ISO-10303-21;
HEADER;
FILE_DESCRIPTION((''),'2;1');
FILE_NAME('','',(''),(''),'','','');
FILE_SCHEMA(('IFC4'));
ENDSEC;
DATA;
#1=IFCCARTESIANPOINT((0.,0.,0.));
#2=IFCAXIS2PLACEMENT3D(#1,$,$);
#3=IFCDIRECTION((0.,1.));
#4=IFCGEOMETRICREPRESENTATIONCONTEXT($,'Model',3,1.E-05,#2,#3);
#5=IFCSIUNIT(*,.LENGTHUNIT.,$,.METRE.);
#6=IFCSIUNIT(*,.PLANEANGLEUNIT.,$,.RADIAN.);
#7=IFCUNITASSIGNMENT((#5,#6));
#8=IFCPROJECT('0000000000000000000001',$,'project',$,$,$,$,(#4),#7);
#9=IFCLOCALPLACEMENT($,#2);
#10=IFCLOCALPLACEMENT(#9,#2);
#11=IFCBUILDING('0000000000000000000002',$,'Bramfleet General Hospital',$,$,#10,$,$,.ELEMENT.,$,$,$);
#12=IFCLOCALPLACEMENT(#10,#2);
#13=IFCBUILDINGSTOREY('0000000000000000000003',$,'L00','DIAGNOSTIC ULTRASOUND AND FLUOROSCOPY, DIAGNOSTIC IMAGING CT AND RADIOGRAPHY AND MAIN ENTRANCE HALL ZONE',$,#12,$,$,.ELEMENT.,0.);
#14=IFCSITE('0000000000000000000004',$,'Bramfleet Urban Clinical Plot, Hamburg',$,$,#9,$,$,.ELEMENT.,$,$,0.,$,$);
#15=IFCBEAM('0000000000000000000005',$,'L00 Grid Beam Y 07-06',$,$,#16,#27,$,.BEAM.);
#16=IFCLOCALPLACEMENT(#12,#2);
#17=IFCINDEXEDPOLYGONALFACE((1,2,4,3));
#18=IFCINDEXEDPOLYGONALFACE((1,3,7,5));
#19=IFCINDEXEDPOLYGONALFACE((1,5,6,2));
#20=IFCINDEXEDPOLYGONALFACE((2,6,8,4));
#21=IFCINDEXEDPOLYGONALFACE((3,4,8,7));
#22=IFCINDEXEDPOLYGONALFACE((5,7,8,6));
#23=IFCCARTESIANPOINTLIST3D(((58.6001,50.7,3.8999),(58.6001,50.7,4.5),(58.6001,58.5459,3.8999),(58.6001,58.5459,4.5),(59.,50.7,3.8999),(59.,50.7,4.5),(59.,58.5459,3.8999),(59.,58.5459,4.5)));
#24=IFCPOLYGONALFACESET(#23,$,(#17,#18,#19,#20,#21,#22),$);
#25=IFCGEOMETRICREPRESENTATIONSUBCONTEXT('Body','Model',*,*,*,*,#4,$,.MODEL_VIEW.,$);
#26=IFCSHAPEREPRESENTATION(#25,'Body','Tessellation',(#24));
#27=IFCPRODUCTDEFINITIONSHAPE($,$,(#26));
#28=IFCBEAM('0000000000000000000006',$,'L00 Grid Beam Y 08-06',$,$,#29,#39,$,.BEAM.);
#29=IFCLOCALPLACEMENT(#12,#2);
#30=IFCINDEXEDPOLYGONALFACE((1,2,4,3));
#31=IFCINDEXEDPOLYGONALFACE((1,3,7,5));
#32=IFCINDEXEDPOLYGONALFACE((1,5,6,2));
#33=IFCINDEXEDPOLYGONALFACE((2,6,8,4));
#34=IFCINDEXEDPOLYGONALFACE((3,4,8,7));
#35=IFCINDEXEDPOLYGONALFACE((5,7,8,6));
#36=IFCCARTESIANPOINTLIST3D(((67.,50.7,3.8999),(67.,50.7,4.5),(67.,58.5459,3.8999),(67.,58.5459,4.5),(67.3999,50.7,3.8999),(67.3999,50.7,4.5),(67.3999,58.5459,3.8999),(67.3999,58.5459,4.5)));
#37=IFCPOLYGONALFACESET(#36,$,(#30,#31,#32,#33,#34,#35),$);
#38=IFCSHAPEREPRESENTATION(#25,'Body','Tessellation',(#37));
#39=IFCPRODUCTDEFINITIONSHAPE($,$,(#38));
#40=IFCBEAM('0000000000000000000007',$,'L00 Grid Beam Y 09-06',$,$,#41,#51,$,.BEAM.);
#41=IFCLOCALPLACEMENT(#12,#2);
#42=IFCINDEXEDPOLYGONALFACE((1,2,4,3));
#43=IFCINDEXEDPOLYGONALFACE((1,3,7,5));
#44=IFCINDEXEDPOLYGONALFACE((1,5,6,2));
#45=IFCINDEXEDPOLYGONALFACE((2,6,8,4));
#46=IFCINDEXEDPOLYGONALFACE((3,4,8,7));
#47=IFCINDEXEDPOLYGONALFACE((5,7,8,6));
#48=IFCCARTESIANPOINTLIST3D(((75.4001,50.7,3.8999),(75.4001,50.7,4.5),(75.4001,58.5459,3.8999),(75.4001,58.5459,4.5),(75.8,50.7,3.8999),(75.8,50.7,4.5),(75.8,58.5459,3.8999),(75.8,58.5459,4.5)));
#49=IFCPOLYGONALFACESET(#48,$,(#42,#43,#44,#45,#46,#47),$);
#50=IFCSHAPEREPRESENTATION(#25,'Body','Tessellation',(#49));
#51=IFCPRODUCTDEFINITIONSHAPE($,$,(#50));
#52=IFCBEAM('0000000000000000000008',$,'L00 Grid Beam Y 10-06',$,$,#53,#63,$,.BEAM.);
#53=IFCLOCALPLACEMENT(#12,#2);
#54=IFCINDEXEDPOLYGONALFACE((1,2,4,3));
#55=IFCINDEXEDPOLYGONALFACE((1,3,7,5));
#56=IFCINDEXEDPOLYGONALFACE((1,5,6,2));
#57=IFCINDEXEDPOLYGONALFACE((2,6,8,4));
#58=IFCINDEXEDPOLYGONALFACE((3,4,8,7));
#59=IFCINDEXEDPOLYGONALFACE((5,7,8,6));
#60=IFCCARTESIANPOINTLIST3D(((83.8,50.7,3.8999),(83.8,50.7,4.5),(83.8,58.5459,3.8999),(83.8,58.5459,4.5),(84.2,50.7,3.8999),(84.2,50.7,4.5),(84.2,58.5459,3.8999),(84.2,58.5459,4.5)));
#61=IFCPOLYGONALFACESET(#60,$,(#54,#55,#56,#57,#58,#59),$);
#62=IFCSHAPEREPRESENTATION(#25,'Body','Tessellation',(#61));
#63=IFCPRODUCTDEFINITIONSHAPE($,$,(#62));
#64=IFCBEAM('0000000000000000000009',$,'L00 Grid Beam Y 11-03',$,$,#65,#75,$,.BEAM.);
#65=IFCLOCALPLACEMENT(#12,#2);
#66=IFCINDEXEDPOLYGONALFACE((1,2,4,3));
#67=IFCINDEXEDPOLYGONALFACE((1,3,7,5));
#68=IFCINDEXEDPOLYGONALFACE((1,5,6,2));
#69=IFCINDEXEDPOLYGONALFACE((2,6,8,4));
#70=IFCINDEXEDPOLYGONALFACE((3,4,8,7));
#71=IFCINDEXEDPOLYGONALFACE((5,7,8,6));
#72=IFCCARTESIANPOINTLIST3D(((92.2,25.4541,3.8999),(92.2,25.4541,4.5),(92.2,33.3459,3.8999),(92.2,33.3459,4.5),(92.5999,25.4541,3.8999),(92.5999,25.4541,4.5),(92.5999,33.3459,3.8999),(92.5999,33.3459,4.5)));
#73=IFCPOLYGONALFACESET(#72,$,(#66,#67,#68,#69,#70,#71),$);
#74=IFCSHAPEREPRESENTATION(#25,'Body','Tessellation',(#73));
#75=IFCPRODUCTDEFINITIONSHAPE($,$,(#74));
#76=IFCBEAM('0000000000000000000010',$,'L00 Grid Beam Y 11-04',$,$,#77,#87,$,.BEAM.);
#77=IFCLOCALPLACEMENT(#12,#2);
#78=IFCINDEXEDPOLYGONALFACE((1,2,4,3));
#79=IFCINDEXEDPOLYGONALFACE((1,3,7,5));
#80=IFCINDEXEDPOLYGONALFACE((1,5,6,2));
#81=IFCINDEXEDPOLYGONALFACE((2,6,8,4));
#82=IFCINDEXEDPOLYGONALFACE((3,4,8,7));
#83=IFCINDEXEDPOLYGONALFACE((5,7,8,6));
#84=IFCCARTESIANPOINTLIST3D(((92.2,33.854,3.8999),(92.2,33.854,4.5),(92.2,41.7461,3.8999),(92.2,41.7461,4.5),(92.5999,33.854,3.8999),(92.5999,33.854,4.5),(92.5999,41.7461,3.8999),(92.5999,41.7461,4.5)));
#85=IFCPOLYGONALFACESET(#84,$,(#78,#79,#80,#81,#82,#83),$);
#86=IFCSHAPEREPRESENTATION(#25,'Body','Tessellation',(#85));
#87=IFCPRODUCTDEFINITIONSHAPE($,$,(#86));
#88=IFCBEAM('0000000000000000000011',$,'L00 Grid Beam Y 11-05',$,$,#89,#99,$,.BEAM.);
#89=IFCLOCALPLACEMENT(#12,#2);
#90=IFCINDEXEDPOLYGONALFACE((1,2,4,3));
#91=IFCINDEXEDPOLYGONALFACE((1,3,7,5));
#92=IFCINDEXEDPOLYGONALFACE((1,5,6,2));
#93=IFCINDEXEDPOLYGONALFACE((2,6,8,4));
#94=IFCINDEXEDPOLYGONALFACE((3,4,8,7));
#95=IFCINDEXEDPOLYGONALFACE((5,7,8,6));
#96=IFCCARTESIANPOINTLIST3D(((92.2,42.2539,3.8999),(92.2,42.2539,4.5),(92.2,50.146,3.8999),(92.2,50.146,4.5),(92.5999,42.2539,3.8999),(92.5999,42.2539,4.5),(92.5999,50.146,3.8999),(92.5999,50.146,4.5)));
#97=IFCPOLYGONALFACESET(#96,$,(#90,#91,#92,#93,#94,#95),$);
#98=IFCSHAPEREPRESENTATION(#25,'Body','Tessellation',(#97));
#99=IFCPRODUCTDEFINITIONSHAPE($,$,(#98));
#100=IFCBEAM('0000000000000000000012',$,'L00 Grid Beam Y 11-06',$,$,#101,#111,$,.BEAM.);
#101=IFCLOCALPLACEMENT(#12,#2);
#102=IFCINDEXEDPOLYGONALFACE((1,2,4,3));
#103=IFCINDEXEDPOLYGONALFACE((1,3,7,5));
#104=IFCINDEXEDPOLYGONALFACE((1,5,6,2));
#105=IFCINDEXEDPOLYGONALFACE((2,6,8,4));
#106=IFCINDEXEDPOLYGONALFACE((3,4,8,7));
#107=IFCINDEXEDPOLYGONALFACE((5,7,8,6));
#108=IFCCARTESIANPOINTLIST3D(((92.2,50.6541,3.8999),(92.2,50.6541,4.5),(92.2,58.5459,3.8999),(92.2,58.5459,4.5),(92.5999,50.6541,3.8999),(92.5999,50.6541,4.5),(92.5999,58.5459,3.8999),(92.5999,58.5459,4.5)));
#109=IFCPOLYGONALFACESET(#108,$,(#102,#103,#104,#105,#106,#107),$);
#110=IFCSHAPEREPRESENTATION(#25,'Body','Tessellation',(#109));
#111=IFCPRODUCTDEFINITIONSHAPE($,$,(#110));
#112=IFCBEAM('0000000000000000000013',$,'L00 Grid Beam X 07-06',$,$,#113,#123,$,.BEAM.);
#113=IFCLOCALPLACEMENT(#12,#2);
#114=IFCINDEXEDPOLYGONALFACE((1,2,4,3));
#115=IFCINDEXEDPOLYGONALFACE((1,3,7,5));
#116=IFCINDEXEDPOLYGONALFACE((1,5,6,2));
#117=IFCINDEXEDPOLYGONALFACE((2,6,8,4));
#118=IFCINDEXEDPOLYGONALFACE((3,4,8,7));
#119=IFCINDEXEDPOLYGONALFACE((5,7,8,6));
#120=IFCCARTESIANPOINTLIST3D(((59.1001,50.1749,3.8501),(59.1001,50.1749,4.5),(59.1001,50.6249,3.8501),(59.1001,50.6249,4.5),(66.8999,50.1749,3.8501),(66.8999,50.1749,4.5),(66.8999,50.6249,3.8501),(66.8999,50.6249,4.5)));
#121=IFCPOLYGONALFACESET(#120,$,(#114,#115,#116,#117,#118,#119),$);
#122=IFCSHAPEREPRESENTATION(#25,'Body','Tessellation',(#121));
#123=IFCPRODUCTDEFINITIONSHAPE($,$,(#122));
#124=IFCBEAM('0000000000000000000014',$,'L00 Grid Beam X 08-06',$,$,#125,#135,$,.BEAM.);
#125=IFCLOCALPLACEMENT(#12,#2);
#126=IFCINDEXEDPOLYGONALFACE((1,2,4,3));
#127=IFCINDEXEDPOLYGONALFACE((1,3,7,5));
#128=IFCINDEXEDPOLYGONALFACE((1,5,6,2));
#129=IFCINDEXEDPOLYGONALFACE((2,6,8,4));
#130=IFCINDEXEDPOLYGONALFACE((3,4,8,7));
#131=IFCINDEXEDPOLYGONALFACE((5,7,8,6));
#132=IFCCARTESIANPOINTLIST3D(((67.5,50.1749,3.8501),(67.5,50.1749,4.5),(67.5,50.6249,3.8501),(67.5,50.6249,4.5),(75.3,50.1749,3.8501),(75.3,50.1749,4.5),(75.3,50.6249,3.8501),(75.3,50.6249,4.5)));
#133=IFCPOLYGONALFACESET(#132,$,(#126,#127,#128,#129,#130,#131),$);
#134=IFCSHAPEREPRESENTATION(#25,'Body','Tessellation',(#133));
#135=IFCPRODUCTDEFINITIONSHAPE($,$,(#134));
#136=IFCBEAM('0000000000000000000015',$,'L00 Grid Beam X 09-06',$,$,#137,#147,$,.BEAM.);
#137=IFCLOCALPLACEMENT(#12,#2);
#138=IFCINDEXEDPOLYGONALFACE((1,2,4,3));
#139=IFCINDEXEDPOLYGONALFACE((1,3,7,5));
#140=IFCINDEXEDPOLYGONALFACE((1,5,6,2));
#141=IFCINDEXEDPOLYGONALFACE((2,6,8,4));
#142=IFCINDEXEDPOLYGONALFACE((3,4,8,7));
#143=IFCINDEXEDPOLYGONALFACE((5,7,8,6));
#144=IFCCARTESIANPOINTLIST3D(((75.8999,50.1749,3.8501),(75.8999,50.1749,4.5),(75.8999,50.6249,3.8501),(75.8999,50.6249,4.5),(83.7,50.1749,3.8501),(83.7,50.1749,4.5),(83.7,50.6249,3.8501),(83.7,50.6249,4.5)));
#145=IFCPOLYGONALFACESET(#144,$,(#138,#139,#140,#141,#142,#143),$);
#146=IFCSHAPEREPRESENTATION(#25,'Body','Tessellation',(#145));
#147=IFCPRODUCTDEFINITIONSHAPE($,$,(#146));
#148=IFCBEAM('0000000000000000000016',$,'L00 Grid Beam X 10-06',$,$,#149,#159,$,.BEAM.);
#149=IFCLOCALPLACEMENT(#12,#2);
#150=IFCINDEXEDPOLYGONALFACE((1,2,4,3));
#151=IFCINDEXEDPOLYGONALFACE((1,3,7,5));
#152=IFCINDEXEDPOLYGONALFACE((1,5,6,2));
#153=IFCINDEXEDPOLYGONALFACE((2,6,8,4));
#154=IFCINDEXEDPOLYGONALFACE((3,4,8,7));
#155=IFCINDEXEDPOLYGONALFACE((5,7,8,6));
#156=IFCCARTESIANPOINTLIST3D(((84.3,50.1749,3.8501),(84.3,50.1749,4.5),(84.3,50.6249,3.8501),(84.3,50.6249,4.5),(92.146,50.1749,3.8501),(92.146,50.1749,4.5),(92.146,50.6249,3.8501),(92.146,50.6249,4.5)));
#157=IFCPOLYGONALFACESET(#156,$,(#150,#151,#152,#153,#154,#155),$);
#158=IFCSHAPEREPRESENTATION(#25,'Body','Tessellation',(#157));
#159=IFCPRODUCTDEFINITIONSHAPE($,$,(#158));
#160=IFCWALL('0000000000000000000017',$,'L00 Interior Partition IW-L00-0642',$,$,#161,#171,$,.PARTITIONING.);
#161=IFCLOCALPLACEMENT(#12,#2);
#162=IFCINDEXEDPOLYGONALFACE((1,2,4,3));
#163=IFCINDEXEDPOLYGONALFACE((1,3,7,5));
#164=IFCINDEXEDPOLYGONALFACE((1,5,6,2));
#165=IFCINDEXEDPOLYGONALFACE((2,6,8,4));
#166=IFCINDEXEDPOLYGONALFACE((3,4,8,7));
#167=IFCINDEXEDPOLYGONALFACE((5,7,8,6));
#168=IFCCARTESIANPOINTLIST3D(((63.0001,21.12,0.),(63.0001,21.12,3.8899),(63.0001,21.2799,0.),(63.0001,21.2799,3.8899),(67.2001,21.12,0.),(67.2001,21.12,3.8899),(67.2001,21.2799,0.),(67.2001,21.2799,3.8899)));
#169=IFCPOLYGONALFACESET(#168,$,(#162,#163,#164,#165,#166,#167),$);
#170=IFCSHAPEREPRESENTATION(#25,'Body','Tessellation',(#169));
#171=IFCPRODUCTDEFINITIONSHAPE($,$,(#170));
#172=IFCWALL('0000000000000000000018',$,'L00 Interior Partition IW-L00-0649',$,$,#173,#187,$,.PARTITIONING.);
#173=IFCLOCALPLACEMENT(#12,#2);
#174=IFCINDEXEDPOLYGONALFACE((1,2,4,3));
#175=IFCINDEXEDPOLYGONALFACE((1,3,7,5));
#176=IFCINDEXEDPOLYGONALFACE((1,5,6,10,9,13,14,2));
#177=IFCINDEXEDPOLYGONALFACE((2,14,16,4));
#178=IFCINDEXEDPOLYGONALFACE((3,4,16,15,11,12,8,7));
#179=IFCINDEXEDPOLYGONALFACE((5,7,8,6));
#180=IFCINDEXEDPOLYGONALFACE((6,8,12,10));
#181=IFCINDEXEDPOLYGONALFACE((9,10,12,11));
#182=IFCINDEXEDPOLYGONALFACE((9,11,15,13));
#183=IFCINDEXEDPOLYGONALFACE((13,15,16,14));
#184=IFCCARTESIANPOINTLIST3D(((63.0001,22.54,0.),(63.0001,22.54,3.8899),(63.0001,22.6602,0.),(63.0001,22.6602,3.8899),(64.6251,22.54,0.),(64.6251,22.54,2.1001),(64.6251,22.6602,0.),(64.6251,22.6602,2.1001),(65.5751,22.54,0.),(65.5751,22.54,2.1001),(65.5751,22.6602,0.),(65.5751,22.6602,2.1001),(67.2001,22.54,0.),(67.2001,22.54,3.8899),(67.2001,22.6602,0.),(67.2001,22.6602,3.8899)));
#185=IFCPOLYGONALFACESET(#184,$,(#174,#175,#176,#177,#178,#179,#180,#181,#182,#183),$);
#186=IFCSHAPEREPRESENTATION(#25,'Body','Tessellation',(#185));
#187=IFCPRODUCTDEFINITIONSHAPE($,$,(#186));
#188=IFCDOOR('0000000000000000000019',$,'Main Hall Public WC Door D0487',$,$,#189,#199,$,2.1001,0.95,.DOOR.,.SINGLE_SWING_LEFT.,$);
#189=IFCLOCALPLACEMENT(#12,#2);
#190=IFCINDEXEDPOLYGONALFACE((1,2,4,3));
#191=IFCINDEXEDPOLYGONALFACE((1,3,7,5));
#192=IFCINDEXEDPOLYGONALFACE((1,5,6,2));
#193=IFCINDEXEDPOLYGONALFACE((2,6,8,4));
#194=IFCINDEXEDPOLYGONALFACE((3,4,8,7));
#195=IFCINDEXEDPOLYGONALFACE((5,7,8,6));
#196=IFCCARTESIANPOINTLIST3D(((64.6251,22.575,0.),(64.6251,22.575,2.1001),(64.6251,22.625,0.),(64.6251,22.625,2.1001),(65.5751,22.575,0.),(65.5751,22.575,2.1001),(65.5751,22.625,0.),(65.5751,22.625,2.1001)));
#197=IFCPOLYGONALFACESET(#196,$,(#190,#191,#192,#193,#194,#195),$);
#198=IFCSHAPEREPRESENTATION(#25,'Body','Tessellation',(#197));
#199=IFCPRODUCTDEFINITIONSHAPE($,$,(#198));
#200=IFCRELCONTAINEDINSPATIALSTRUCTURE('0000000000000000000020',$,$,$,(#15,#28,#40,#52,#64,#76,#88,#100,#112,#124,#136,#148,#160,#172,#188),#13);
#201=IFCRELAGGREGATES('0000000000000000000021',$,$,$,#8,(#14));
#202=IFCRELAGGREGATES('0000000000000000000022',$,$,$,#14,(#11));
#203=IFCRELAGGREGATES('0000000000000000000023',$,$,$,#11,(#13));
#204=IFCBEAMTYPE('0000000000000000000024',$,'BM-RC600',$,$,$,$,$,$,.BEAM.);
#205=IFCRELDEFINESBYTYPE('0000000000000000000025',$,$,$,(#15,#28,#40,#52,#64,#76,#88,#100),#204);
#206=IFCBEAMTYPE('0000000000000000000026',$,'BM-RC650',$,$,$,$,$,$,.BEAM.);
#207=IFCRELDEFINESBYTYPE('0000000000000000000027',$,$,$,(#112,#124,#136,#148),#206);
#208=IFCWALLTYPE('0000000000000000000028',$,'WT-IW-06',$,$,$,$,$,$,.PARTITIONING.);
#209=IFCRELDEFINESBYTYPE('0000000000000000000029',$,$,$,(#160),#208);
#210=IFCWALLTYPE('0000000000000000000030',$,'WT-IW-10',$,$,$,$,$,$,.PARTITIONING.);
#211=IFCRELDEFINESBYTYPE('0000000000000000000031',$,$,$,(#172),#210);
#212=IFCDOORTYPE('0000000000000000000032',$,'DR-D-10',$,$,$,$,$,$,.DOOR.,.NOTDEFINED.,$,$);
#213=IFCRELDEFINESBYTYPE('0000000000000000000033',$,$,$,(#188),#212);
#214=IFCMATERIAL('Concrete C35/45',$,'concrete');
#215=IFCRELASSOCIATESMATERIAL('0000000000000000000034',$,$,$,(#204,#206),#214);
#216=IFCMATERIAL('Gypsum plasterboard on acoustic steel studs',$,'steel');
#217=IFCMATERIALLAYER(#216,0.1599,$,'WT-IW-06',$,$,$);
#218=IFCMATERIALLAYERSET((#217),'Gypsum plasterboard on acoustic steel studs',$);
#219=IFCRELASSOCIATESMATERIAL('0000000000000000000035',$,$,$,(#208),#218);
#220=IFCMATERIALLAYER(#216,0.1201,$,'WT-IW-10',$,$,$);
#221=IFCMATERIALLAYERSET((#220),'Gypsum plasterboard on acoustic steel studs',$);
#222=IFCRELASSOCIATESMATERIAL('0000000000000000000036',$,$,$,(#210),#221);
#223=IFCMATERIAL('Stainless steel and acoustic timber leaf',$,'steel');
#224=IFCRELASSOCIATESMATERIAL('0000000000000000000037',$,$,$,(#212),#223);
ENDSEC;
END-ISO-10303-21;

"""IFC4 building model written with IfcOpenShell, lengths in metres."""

from ifc_helpers import new_model, si_unit, direction, frame, frame_2d, origin, origin_2d, place, context, subcontext, project, spatial, rectangle, extrude, material, layer, layer_set, material_profile, profile_set, type_object, element, fill, save


model = new_model("IFC4")

# Units and contexts
model_context = context("Model", 3, precision=1e-05, world=origin(), true_north=direction((0.0, 1.0)))
body_context = subcontext(model_context, "Body", "Model", "MODEL_VIEW")
ifc_project = project(units=[si_unit("LENGTHUNIT", "METRE"), si_unit("PLANEANGLEUNIT", "RADIAN")], contexts=[model_context])

# Site, building, storey
site_placement = place(None, origin())
site = spatial("IfcSite", under=ifc_project, at=site_placement, Name="Bramfleet Urban Clinical Plot, Hamburg", CompositionType="ELEMENT", RefElevation=0.0)
building_placement = place(site_placement, origin())
building = spatial("IfcBuilding", under=site, at=building_placement, Name="Bramfleet General Hospital", CompositionType="ELEMENT")
storey_placement = place(building_placement, origin())
storey = spatial("IfcBuildingStorey", under=building, at=storey_placement, Name="L00", Description="DIAGNOSTIC ULTRASOUND AND FLUOROSCOPY, DIAGNOSTIC IMAGING CT AND RADIOGRAPHY AND MAIN ENTRANCE HALL ZONE", CompositionType="ELEMENT", Elevation=0.0)

# Beams
ifc_material_1 = material(Name="Concrete C35/45", Category="concrete")
ifc_material_profile_1 = material_profile(ifc_material_1, rectangle(XDim=0.3999, YDim=0.6001, at=origin_2d()), Name="RC BM 600x400")
ifc_profile_set_1 = profile_set([ifc_material_profile_1], Name="Concrete C35/45")
beam_type_1 = type_object("IfcBeamType", Name="BM-RC600", PredefinedType="BEAM", material=ifc_profile_set_1)
for number, where, z_axis, x_axis, name in (
    (1, (58.8, 50.7, 4.2), (0.0, 1.0, 0.0), (-1.0, 0.0, 0.0), "L00 Grid Beam Y 07-06"),
    (2, (67.2, 50.7, 4.2), (0.0, 1.0, 0.0), (-1.0, 0.0, 0.0), "L00 Grid Beam Y 08-06"),
    (3, (75.6001, 50.7, 4.2), (0.0, 1.0, 0.0), (-1.0, 0.0, 0.0), "L00 Grid Beam Y 09-06"),
    (4, (84.0, 50.7, 4.2), (0.0, 1.0, 0.0), (-1.0, 0.0, 0.0), "L00 Grid Beam Y 10-06"),
):
    element("IfcBeam", number, at=place(storey_placement, frame(where, z_axis=z_axis, x_axis=x_axis)), inside=storey, type_object=beam_type_1, Name=name, PredefinedType="BEAM", context=body_context, shape_type="SweptSolid", body=[
        extrude(rectangle(XDim=0.3999, YDim=0.6001, at=origin_2d()), origin(), (0.0, 0.0, 1.0), 7.8459),
    ])
beam_1_placement = place(storey_placement, frame((92.3999, 25.4541, 4.2), z_axis=(0.0, 1.0, 0.0), x_axis=(-1.0, 0.0, 0.0)))
element("IfcBeam", 5, at=beam_1_placement, inside=storey, type_object=beam_type_1, Name="L00 Grid Beam Y 11-03", PredefinedType="BEAM", context=body_context, shape_type="SweptSolid", body=[
    extrude(rectangle(XDim=0.3999, YDim=0.6001, at=origin_2d()), origin(), (0.0, 0.0, 1.0), 7.8918),
])
for number, where, z_axis, x_axis, name in (
    (6, (92.3999, 33.854, 4.2), (0.0, 1.0, 0.0), (-1.0, 0.0, 0.0), "L00 Grid Beam Y 11-04"),
    (7, (92.3999, 42.2539, 4.2), (0.0, 1.0, 0.0), (-1.0, 0.0, 0.0), "L00 Grid Beam Y 11-05"),
):
    element("IfcBeam", number, at=place(storey_placement, frame(where, z_axis=z_axis, x_axis=x_axis)), inside=storey, type_object=beam_type_1, Name=name, PredefinedType="BEAM", context=body_context, shape_type="SweptSolid", body=[
        extrude(rectangle(XDim=0.3999, YDim=0.6001, at=origin_2d()), origin(), (0.0, 0.0, 1.0), 7.8921),
    ])
beam_2_placement = place(storey_placement, frame((92.3999, 50.6541, 4.2), z_axis=(0.0, 1.0, 0.0), x_axis=(-1.0, 0.0, 0.0)))
element("IfcBeam", 8, at=beam_2_placement, inside=storey, type_object=beam_type_1, Name="L00 Grid Beam Y 11-06", PredefinedType="BEAM", context=body_context, shape_type="SweptSolid", body=[
    extrude(rectangle(XDim=0.3999, YDim=0.6001, at=origin_2d()), origin(), (0.0, 0.0, 1.0), 7.8918),
])
ifc_material_profile_2 = material_profile(ifc_material_1, rectangle(XDim=0.45, YDim=0.6499, at=origin_2d()), Name="RC BM 650x450")
ifc_profile_set_2 = profile_set([ifc_material_profile_2], Name="Concrete C35/45")
beam_type_2 = type_object("IfcBeamType", Name="BM-RC650", PredefinedType="BEAM", material=ifc_profile_set_2)
beam_3_placement = place(storey_placement, frame((59.1001, 50.3999, 4.175), z_axis=(1.0, 0.0, 0.0), x_axis=(0.0, 1.0, 0.0)))
element("IfcBeam", 9, at=beam_3_placement, inside=storey, type_object=beam_type_2, Name="L00 Grid Beam X 07-06", PredefinedType="BEAM", context=body_context, shape_type="SweptSolid", body=[
    extrude(rectangle(XDim=0.45, YDim=0.6499, at=origin_2d()), origin(), (0.0, 0.0, 1.0), 7.7998),
])
for number, where, z_axis, x_axis, name in (
    (10, (67.5, 50.3999, 4.175), (1.0, 0.0, 0.0), (0.0, 1.0, 0.0), "L00 Grid Beam X 08-06"),
    (11, (75.8999, 50.3999, 4.175), (1.0, 0.0, 0.0), (0.0, 1.0, 0.0), "L00 Grid Beam X 09-06"),
):
    element("IfcBeam", number, at=place(storey_placement, frame(where, z_axis=z_axis, x_axis=x_axis)), inside=storey, type_object=beam_type_2, Name=name, PredefinedType="BEAM", context=body_context, shape_type="SweptSolid", body=[
        extrude(rectangle(XDim=0.45, YDim=0.6499, at=origin_2d()), origin(), (0.0, 0.0, 1.0), 7.8),
    ])
beam_4_placement = place(storey_placement, frame((84.3, 50.3999, 4.175), z_axis=(1.0, 0.0, 0.0), x_axis=(0.0, 1.0, 0.0)))
element("IfcBeam", 12, at=beam_4_placement, inside=storey, type_object=beam_type_2, Name="L00 Grid Beam X 10-06", PredefinedType="BEAM", context=body_context, shape_type="SweptSolid", body=[
    extrude(rectangle(XDim=0.45, YDim=0.6499, at=origin_2d()), origin(), (0.0, 0.0, 1.0), 7.8459),
])

# Wall
ifc_material_2 = material(Name="Gypsum plasterboard on acoustic steel studs", Category="steel")
ifc_layer_1 = layer(ifc_material_2, 0.1599, Name="WT-IW-06")
ifc_layer_set_1 = layer_set([ifc_layer_1], Name="Gypsum plasterboard on acoustic steel studs")
wall_type_1 = type_object("IfcWallType", Name="WT-IW-06", PredefinedType="PARTITIONING", material=ifc_layer_set_1)
wall_1_placement = place(storey_placement, frame((63.0, 21.2, 0.0), z_axis=(0.0, 0.0, 1.0), x_axis=(1.0, 0.0, 0.0)))
element("IfcWall", 13, at=wall_1_placement, inside=storey, type_object=wall_type_1, Name="L00 Interior Partition IW-L00-0642", PredefinedType="PARTITIONING", context=body_context, shape_type="SweptSolid", body=[
    extrude(rectangle(XDim=4.2, YDim=0.1599, at=frame_2d((2.1001, 0.0))), origin(), (0.0, 0.0, 1.0), 3.8899),
])

# Wall, opening, door
ifc_layer_2 = layer(ifc_material_2, 0.1201, Name="WT-IW-10")
ifc_layer_set_2 = layer_set([ifc_layer_2], Name="Gypsum plasterboard on acoustic steel studs")
wall_type_2 = type_object("IfcWallType", Name="WT-IW-10", PredefinedType="PARTITIONING", material=ifc_layer_set_2)
wall_2_placement = place(storey_placement, frame((63.0, 22.6001, 0.0), z_axis=(0.0, 0.0, 1.0), x_axis=(1.0, 0.0, 0.0)))
wall_2 = element("IfcWall", 14, at=wall_2_placement, inside=storey, type_object=wall_type_2, Name="L00 Interior Partition IW-L00-0649", PredefinedType="PARTITIONING", context=body_context, shape_type="SweptSolid", body=[
    extrude(rectangle(XDim=4.2, YDim=0.1201, at=frame_2d((2.1001, 0.0))), origin(), (0.0, 0.0, 1.0), 3.8899),
])
opening_placement = place(wall_2_placement, frame((1.625, 0.0, 0.0)))
opening = element("IfcOpeningElement", 15, at=opening_placement, cuts=wall_2, PredefinedType="OPENING", context=body_context, shape_type="SweptSolid", body=[
    extrude(rectangle(XDim=0.95, YDim=2.1001, at=frame_2d((0.4751, 1.05))), frame((0.0, 0.0701, 0.0), z_axis=(0.0, -1.0, 0.0), x_axis=(1.0, 0.0, 0.0)), (0.0, 0.0, 1.0), 0.1401),
])
ifc_material_3 = material(Name="Stainless steel and acoustic timber leaf", Category="steel")
door_type = type_object("IfcDoorType", Name="DR-D-10", OperationType="NOTDEFINED", PredefinedType="DOOR", material=ifc_material_3)
door_placement = place(opening_placement, origin())
door = element("IfcDoor", 16, at=door_placement, inside=storey, type_object=door_type, Name="Main Hall Public WC Door D0487", OperationType="SINGLE_SWING_LEFT", OverallHeight=2.1001, OverallWidth=0.95, PredefinedType="DOOR", context=body_context, shape_type="SweptSolid", body=[
    extrude(rectangle(XDim=0.95, YDim=2.1001, at=frame_2d((0.4751, 1.05))), frame((0.0, 0.0249, 0.0), z_axis=(0.0, -1.0, 0.0), x_axis=(1.0, 0.0, 0.0)), (0.0, 0.0, 1.0), 0.05),
])
fill(opening, door)

save(model, "model.ifc")
